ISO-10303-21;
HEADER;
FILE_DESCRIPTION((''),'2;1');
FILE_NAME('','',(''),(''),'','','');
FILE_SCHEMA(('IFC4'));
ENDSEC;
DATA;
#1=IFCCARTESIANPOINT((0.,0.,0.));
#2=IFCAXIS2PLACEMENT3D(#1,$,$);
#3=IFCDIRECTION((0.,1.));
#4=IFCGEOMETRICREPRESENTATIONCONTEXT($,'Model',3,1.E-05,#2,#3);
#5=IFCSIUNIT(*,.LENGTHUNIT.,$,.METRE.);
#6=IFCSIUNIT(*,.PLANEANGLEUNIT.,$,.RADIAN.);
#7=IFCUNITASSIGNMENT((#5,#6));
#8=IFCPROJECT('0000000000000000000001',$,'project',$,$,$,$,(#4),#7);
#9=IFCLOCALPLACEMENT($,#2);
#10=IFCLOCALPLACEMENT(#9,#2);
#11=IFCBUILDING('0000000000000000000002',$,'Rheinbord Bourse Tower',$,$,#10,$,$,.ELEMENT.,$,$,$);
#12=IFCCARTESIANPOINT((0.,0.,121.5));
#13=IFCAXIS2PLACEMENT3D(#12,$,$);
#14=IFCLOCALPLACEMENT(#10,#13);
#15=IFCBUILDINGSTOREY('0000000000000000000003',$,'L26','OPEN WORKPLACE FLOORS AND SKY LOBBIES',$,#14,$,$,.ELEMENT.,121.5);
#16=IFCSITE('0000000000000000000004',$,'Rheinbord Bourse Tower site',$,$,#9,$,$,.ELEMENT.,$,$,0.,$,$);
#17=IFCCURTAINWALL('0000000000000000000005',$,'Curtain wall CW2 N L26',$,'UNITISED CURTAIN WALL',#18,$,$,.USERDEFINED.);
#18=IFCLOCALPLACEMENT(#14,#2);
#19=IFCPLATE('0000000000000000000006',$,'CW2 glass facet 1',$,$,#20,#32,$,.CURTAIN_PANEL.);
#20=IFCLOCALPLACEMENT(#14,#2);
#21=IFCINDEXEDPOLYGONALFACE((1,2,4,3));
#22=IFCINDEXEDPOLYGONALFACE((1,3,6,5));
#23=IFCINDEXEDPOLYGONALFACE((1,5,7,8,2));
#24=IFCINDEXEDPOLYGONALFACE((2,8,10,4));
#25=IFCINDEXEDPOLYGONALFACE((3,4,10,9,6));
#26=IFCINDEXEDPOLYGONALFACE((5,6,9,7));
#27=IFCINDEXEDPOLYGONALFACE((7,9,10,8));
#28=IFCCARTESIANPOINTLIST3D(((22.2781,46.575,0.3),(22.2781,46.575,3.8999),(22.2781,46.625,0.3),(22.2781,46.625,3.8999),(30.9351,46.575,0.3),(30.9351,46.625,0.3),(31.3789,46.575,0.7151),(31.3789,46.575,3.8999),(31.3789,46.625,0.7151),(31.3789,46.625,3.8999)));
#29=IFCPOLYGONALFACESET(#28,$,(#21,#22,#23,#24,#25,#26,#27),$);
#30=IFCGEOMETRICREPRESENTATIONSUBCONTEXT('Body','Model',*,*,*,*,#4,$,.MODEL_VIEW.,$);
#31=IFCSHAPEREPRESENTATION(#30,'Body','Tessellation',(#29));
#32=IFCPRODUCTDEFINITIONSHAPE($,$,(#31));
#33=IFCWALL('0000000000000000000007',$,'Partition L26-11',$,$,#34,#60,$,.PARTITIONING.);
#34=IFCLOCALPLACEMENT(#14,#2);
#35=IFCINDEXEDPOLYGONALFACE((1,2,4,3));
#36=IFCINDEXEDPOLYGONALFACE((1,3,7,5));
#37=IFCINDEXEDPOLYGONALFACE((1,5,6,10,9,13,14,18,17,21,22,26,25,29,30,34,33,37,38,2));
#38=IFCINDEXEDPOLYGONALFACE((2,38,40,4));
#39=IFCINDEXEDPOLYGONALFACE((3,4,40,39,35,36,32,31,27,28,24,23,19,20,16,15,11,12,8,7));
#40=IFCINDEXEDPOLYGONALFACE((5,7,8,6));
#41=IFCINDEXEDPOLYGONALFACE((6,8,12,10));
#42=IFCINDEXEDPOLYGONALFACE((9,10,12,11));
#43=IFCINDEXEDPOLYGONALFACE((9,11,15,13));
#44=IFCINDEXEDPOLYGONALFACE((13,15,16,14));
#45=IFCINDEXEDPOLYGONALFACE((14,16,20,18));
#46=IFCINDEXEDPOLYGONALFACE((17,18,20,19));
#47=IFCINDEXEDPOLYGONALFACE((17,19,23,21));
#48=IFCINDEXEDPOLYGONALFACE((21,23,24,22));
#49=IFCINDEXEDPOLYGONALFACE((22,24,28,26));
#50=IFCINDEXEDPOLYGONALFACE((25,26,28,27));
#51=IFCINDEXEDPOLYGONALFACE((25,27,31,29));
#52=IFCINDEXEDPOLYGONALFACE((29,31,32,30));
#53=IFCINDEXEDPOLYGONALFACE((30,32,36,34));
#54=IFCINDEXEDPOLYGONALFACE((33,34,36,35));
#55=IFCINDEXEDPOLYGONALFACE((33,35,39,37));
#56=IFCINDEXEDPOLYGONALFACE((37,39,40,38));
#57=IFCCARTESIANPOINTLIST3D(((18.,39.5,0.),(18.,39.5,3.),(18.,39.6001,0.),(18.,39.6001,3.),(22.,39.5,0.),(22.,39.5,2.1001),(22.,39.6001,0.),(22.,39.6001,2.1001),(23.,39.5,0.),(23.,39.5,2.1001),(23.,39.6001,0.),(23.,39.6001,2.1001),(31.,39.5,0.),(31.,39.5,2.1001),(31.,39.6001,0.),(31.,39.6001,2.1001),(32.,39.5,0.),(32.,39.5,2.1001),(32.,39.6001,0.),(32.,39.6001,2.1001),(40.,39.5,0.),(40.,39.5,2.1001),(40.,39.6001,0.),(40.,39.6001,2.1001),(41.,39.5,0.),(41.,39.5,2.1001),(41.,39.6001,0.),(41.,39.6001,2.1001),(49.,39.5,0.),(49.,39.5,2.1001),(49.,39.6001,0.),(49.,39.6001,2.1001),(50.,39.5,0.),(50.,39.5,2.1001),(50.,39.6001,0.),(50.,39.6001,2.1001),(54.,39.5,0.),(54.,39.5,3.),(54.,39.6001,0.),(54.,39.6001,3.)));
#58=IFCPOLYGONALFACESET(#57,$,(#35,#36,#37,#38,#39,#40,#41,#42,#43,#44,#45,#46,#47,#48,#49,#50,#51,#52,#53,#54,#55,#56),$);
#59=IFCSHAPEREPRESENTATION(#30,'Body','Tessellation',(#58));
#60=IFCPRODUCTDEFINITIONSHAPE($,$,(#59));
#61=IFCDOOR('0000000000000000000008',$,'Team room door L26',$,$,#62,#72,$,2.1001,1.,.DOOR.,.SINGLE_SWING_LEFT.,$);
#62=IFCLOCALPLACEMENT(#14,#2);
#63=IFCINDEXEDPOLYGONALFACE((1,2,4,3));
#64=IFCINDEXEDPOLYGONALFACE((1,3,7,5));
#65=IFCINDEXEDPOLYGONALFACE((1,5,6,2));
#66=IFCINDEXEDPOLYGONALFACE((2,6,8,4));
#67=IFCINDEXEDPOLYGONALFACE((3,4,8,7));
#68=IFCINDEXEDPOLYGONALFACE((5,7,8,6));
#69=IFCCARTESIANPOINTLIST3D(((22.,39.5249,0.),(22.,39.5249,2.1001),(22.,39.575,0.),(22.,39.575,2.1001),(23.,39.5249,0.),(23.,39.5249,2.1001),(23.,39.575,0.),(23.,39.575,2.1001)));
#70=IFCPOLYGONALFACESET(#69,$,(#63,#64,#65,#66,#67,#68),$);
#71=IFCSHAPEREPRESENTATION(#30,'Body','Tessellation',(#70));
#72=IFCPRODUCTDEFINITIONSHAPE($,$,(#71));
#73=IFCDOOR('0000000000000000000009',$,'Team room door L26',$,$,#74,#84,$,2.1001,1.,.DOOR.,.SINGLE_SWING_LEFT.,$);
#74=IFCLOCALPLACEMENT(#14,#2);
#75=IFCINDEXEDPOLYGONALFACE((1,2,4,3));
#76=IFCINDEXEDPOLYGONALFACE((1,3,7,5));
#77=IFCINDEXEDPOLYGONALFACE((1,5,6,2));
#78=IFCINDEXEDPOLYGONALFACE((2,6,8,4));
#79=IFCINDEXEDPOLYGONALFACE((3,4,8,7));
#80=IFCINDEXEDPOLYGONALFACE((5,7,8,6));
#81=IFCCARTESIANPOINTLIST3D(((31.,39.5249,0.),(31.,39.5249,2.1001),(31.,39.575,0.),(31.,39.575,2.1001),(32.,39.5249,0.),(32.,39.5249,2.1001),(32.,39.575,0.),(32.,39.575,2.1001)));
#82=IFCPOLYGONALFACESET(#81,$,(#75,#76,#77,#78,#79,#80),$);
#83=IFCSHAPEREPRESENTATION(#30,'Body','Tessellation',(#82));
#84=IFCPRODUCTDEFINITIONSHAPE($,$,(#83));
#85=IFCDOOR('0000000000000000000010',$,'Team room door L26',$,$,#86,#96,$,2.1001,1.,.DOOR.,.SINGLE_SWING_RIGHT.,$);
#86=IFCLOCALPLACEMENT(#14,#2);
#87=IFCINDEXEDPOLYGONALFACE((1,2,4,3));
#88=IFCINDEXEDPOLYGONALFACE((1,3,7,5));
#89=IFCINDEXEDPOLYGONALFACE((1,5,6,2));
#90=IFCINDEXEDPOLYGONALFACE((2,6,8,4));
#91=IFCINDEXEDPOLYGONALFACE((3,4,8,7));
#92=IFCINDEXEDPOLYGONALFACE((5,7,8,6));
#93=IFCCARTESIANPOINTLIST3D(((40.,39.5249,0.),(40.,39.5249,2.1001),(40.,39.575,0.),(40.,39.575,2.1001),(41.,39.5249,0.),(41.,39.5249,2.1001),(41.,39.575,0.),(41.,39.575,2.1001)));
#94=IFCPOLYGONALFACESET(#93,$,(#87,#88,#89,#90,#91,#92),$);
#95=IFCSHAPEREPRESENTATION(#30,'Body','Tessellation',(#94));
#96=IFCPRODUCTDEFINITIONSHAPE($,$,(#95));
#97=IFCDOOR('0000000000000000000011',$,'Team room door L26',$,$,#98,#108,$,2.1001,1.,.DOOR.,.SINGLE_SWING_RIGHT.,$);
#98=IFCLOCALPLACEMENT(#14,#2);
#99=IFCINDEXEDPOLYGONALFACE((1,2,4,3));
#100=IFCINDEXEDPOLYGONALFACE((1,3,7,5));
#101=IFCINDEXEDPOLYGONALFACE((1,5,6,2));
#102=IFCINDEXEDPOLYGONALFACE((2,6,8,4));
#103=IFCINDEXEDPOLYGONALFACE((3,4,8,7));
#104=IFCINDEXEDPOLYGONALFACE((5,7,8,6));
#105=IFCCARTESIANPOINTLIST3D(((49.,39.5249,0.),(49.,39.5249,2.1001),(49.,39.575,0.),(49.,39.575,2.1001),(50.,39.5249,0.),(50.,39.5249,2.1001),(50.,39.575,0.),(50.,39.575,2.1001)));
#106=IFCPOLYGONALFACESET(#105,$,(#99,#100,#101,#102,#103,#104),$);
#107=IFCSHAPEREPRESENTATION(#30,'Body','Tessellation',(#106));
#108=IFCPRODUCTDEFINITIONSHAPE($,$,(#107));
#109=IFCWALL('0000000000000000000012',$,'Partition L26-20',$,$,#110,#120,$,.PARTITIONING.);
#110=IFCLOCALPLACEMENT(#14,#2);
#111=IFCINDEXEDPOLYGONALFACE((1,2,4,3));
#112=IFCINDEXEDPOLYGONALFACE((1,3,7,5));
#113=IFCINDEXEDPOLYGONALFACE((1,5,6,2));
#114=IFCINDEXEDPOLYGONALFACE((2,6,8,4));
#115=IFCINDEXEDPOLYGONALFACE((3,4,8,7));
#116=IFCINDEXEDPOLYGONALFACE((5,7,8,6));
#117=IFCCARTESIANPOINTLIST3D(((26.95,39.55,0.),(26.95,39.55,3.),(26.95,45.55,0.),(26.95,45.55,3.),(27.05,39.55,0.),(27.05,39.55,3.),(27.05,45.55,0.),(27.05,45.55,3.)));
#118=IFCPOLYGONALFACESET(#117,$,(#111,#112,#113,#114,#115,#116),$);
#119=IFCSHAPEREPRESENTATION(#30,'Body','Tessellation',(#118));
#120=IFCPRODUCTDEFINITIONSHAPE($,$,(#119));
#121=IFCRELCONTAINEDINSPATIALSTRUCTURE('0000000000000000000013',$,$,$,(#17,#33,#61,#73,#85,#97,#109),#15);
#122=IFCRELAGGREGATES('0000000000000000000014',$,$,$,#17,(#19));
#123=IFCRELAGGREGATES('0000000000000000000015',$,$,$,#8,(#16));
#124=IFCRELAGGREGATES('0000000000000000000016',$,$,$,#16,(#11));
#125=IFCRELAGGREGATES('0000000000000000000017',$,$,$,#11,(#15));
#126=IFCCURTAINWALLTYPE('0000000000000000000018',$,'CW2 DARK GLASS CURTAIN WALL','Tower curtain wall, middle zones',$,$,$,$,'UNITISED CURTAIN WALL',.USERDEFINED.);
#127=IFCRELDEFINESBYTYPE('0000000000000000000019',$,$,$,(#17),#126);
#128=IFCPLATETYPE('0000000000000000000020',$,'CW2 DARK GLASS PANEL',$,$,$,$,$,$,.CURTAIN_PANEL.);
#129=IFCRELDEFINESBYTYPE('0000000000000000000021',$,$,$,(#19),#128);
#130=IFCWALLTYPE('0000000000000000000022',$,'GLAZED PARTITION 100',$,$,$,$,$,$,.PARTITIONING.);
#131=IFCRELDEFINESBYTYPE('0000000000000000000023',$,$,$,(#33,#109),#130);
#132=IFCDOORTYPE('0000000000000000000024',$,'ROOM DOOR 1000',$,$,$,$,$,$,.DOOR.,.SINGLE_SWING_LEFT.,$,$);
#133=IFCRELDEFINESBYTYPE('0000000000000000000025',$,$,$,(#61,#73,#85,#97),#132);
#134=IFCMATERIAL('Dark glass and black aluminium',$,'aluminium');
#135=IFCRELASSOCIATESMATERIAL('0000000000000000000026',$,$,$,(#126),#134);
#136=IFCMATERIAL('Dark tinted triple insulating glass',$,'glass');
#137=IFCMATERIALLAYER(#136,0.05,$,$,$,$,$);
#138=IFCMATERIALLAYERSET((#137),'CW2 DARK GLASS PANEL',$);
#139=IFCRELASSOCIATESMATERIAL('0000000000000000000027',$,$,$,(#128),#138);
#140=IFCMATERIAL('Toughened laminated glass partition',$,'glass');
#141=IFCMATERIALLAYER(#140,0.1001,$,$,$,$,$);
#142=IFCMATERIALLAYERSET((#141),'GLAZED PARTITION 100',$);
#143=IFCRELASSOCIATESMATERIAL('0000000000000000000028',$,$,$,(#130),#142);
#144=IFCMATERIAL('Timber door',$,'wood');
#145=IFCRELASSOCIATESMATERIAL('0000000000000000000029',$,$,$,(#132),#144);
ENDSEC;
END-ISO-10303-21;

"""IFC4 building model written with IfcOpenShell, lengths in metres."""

from ifc_helpers import new_model, si_unit, direction, frame, frame_2d, origin, place, context, subcontext, project, spatial, polyline, rectangle, outline, extrude, material, layer, layer_set, type_object, element, fill, aggregate, save


model = new_model("IFC4")

# Units and contexts
model_context = context("Model", 3, precision=1e-05, world=origin(), true_north=direction((0.0, 1.0)))
body_context = subcontext(model_context, "Body", "Model", "MODEL_VIEW")
ifc_project = project(units=[si_unit("LENGTHUNIT", "METRE"), si_unit("PLANEANGLEUNIT", "RADIAN")], contexts=[model_context])

# Site, building, storey
site_placement = place(None, origin())
site = spatial("IfcSite", under=ifc_project, at=site_placement, Name="Rheinbord Bourse Tower site", CompositionType="ELEMENT", RefElevation=0.0)
building_placement = place(site_placement, origin())
building = spatial("IfcBuilding", under=site, at=building_placement, Name="Rheinbord Bourse Tower", CompositionType="ELEMENT")
storey_placement = place(building_placement, frame((0.0, 0.0, 121.5)))
storey = spatial("IfcBuildingStorey", under=building, at=storey_placement, Name="L26", Description="OPEN WORKPLACE FLOORS AND SKY LOBBIES", CompositionType="ELEMENT", Elevation=121.5)

# Curtain wall
ifc_material_1 = material(Name="Dark glass and black aluminium", Category="aluminium")
curtain_wall_type = type_object("IfcCurtainWallType", Name="CW2 DARK GLASS CURTAIN WALL", Description="Tower curtain wall, middle zones", ElementType="UNITISED CURTAIN WALL", PredefinedType="USERDEFINED", material=ifc_material_1)
curtain_wall_placement = place(storey_placement, origin())
curtain_wall = element("IfcCurtainWall", 1, at=curtain_wall_placement, inside=storey, type_object=curtain_wall_type, Name="Curtain wall CW2 N L26", ObjectType="UNITISED CURTAIN WALL", PredefinedType="USERDEFINED")

# Plate
ifc_material_2 = material(Name="Dark tinted triple insulating glass", Category="glass")
ifc_layer_1 = layer(ifc_material_2, 0.05)
ifc_layer_set_1 = layer_set([ifc_layer_1], Name="CW2 DARK GLASS PANEL")
plate_type = type_object("IfcPlateType", Name="CW2 DARK GLASS PANEL", PredefinedType="CURTAIN_PANEL", material=ifc_layer_set_1)
plate_1_placement = place(storey_placement, frame((31.3789, 46.625, 3.8999), z_axis=(0.0, -1.0, 0.0), x_axis=(-1.0, 0.0, 0.0)))
plate_1 = element("IfcPlate", 2, at=plate_1_placement, type_object=plate_type, Name="CW2 glass facet 1", PredefinedType="CURTAIN_PANEL", context=body_context, shape_type="SweptSolid", body=[
    extrude(outline(polyline([(0.0, 0.0), (9.1008, 0.0), (9.1008, 3.5999), (0.4438, 3.5999), (0.0, 3.1848), (0.0, 0.0)])), origin(), (0.0, 0.0, 1.0), 0.05),
])
aggregate(curtain_wall, [plate_1])

# Wall, openings, doors
ifc_material_3 = material(Name="Toughened laminated glass partition", Category="glass")
ifc_layer_2 = layer(ifc_material_3, 0.1001)
ifc_layer_set_2 = layer_set([ifc_layer_2], Name="GLAZED PARTITION 100")
wall_type = type_object("IfcWallType", Name="GLAZED PARTITION 100", PredefinedType="PARTITIONING", material=ifc_layer_set_2)
wall_1_placement = place(storey_placement, frame((18.0, 39.55, 0.0), z_axis=(0.0, 0.0, 1.0), x_axis=(1.0, 0.0, 0.0)))
wall_1 = element("IfcWall", 3, at=wall_1_placement, inside=storey, type_object=wall_type, Name="Partition L26-11", PredefinedType="PARTITIONING", context=body_context, shape_type="SweptSolid", body=[
    extrude(rectangle(XDim=36.0, YDim=0.1001, at=frame_2d((18.0, 0.0))), origin(), (0.0, 0.0, 1.0), 3.0),
])
opening_1_placement = place(wall_1_placement, frame((4.0, 0.0, 0.0)))
opening_1 = element("IfcOpeningElement", 4, at=opening_1_placement, cuts=wall_1, PredefinedType="OPENING", context=body_context, shape_type="SweptSolid", body=[
    extrude(rectangle(XDim=1.0, YDim=2.1001, at=frame_2d((0.5, 1.05))), frame((0.0, 0.0601, 0.0), z_axis=(0.0, -1.0, 0.0), x_axis=(1.0, 0.0, 0.0)), (0.0, 0.0, 1.0), 0.1201),
])
opening_2_placement = place(wall_1_placement, frame((13.0, 0.0, 0.0)))
opening_2 = element("IfcOpeningElement", 5, at=opening_2_placement, cuts=wall_1, PredefinedType="OPENING", context=body_context, shape_type="SweptSolid", body=[
    extrude(rectangle(XDim=1.0, YDim=2.1001, at=frame_2d((0.5, 1.05))), frame((0.0, 0.0601, 0.0), z_axis=(0.0, -1.0, 0.0), x_axis=(1.0, 0.0, 0.0)), (0.0, 0.0, 1.0), 0.1201),
])
opening_3_placement = place(wall_1_placement, frame((22.0, 0.0, 0.0)))
opening_3 = element("IfcOpeningElement", 6, at=opening_3_placement, cuts=wall_1, PredefinedType="OPENING", context=body_context, shape_type="SweptSolid", body=[
    extrude(rectangle(XDim=1.0, YDim=2.1001, at=frame_2d((0.5, 1.05))), frame((0.0, 0.0601, 0.0), z_axis=(0.0, -1.0, 0.0), x_axis=(1.0, 0.0, 0.0)), (0.0, 0.0, 1.0), 0.1201),
])
opening_4_placement = place(wall_1_placement, frame((31.0, 0.0, 0.0)))
opening_4 = element("IfcOpeningElement", 7, at=opening_4_placement, cuts=wall_1, PredefinedType="OPENING", context=body_context, shape_type="SweptSolid", body=[
    extrude(rectangle(XDim=1.0, YDim=2.1001, at=frame_2d((0.5, 1.05))), frame((0.0, 0.0601, 0.0), z_axis=(0.0, -1.0, 0.0), x_axis=(1.0, 0.0, 0.0)), (0.0, 0.0, 1.0), 0.1201),
])
ifc_material_4 = material(Name="Timber door", Category="wood")
door_type = type_object("IfcDoorType", Name="ROOM DOOR 1000", OperationType="SINGLE_SWING_LEFT", PredefinedType="DOOR", material=ifc_material_4)
door_1_placement = place(opening_1_placement, origin())
door_1 = element("IfcDoor", 8, at=door_1_placement, inside=storey, type_object=door_type, Name="Team room door L26", OperationType="SINGLE_SWING_LEFT", OverallHeight=2.1001, OverallWidth=1.0, PredefinedType="DOOR", context=body_context, shape_type="SweptSolid", body=[
    extrude(rectangle(XDim=1.0, YDim=2.1001, at=frame_2d((0.5, 1.05))), frame((0.0, 0.0249, 0.0), z_axis=(0.0, -1.0, 0.0), x_axis=(1.0, 0.0, 0.0)), (0.0, 0.0, 1.0), 0.05),
])
fill(opening_1, door_1)
door_2_placement = place(opening_2_placement, origin())
door_2 = element("IfcDoor", 9, at=door_2_placement, inside=storey, type_object=door_type, Name="Team room door L26", OperationType="SINGLE_SWING_LEFT", OverallHeight=2.1001, OverallWidth=1.0, PredefinedType="DOOR", context=body_context, shape_type="SweptSolid", body=[
    extrude(rectangle(XDim=1.0, YDim=2.1001, at=frame_2d((0.5, 1.05))), frame((0.0, 0.0249, 0.0), z_axis=(0.0, -1.0, 0.0), x_axis=(1.0, 0.0, 0.0)), (0.0, 0.0, 1.0), 0.05),
])
fill(opening_2, door_2)
door_3_placement = place(opening_3_placement, origin())
door_3 = element("IfcDoor", 10, at=door_3_placement, inside=storey, type_object=door_type, Name="Team room door L26", OperationType="SINGLE_SWING_RIGHT", OverallHeight=2.1001, OverallWidth=1.0, PredefinedType="DOOR", context=body_context, shape_type="SweptSolid", body=[
    extrude(rectangle(XDim=1.0, YDim=2.1001, at=frame_2d((0.5, 1.05))), frame((0.0, 0.0249, 0.0), z_axis=(0.0, -1.0, 0.0), x_axis=(1.0, 0.0, 0.0)), (0.0, 0.0, 1.0), 0.05),
])
fill(opening_3, door_3)
door_4_placement = place(opening_4_placement, origin())
door_4 = element("IfcDoor", 11, at=door_4_placement, inside=storey, type_object=door_type, Name="Team room door L26", OperationType="SINGLE_SWING_RIGHT", OverallHeight=2.1001, OverallWidth=1.0, PredefinedType="DOOR", context=body_context, shape_type="SweptSolid", body=[
    extrude(rectangle(XDim=1.0, YDim=2.1001, at=frame_2d((0.5, 1.05))), frame((0.0, 0.0249, 0.0), z_axis=(0.0, -1.0, 0.0), x_axis=(1.0, 0.0, 0.0)), (0.0, 0.0, 1.0), 0.05),
])
fill(opening_4, door_4)

# Wall
wall_2_placement = place(storey_placement, frame((27.0, 39.55, 0.0), z_axis=(0.0, 0.0, 1.0), x_axis=(0.0, 1.0, 0.0)))
element("IfcWall", 12, at=wall_2_placement, inside=storey, type_object=wall_type, Name="Partition L26-20", PredefinedType="PARTITIONING", context=body_context, shape_type="SweptSolid", body=[
    extrude(rectangle(XDim=6.0, YDim=0.1001, at=frame_2d((3.0, 0.0))), origin(), (0.0, 0.0, 1.0), 3.0),
])

save(model, "model.ifc")
